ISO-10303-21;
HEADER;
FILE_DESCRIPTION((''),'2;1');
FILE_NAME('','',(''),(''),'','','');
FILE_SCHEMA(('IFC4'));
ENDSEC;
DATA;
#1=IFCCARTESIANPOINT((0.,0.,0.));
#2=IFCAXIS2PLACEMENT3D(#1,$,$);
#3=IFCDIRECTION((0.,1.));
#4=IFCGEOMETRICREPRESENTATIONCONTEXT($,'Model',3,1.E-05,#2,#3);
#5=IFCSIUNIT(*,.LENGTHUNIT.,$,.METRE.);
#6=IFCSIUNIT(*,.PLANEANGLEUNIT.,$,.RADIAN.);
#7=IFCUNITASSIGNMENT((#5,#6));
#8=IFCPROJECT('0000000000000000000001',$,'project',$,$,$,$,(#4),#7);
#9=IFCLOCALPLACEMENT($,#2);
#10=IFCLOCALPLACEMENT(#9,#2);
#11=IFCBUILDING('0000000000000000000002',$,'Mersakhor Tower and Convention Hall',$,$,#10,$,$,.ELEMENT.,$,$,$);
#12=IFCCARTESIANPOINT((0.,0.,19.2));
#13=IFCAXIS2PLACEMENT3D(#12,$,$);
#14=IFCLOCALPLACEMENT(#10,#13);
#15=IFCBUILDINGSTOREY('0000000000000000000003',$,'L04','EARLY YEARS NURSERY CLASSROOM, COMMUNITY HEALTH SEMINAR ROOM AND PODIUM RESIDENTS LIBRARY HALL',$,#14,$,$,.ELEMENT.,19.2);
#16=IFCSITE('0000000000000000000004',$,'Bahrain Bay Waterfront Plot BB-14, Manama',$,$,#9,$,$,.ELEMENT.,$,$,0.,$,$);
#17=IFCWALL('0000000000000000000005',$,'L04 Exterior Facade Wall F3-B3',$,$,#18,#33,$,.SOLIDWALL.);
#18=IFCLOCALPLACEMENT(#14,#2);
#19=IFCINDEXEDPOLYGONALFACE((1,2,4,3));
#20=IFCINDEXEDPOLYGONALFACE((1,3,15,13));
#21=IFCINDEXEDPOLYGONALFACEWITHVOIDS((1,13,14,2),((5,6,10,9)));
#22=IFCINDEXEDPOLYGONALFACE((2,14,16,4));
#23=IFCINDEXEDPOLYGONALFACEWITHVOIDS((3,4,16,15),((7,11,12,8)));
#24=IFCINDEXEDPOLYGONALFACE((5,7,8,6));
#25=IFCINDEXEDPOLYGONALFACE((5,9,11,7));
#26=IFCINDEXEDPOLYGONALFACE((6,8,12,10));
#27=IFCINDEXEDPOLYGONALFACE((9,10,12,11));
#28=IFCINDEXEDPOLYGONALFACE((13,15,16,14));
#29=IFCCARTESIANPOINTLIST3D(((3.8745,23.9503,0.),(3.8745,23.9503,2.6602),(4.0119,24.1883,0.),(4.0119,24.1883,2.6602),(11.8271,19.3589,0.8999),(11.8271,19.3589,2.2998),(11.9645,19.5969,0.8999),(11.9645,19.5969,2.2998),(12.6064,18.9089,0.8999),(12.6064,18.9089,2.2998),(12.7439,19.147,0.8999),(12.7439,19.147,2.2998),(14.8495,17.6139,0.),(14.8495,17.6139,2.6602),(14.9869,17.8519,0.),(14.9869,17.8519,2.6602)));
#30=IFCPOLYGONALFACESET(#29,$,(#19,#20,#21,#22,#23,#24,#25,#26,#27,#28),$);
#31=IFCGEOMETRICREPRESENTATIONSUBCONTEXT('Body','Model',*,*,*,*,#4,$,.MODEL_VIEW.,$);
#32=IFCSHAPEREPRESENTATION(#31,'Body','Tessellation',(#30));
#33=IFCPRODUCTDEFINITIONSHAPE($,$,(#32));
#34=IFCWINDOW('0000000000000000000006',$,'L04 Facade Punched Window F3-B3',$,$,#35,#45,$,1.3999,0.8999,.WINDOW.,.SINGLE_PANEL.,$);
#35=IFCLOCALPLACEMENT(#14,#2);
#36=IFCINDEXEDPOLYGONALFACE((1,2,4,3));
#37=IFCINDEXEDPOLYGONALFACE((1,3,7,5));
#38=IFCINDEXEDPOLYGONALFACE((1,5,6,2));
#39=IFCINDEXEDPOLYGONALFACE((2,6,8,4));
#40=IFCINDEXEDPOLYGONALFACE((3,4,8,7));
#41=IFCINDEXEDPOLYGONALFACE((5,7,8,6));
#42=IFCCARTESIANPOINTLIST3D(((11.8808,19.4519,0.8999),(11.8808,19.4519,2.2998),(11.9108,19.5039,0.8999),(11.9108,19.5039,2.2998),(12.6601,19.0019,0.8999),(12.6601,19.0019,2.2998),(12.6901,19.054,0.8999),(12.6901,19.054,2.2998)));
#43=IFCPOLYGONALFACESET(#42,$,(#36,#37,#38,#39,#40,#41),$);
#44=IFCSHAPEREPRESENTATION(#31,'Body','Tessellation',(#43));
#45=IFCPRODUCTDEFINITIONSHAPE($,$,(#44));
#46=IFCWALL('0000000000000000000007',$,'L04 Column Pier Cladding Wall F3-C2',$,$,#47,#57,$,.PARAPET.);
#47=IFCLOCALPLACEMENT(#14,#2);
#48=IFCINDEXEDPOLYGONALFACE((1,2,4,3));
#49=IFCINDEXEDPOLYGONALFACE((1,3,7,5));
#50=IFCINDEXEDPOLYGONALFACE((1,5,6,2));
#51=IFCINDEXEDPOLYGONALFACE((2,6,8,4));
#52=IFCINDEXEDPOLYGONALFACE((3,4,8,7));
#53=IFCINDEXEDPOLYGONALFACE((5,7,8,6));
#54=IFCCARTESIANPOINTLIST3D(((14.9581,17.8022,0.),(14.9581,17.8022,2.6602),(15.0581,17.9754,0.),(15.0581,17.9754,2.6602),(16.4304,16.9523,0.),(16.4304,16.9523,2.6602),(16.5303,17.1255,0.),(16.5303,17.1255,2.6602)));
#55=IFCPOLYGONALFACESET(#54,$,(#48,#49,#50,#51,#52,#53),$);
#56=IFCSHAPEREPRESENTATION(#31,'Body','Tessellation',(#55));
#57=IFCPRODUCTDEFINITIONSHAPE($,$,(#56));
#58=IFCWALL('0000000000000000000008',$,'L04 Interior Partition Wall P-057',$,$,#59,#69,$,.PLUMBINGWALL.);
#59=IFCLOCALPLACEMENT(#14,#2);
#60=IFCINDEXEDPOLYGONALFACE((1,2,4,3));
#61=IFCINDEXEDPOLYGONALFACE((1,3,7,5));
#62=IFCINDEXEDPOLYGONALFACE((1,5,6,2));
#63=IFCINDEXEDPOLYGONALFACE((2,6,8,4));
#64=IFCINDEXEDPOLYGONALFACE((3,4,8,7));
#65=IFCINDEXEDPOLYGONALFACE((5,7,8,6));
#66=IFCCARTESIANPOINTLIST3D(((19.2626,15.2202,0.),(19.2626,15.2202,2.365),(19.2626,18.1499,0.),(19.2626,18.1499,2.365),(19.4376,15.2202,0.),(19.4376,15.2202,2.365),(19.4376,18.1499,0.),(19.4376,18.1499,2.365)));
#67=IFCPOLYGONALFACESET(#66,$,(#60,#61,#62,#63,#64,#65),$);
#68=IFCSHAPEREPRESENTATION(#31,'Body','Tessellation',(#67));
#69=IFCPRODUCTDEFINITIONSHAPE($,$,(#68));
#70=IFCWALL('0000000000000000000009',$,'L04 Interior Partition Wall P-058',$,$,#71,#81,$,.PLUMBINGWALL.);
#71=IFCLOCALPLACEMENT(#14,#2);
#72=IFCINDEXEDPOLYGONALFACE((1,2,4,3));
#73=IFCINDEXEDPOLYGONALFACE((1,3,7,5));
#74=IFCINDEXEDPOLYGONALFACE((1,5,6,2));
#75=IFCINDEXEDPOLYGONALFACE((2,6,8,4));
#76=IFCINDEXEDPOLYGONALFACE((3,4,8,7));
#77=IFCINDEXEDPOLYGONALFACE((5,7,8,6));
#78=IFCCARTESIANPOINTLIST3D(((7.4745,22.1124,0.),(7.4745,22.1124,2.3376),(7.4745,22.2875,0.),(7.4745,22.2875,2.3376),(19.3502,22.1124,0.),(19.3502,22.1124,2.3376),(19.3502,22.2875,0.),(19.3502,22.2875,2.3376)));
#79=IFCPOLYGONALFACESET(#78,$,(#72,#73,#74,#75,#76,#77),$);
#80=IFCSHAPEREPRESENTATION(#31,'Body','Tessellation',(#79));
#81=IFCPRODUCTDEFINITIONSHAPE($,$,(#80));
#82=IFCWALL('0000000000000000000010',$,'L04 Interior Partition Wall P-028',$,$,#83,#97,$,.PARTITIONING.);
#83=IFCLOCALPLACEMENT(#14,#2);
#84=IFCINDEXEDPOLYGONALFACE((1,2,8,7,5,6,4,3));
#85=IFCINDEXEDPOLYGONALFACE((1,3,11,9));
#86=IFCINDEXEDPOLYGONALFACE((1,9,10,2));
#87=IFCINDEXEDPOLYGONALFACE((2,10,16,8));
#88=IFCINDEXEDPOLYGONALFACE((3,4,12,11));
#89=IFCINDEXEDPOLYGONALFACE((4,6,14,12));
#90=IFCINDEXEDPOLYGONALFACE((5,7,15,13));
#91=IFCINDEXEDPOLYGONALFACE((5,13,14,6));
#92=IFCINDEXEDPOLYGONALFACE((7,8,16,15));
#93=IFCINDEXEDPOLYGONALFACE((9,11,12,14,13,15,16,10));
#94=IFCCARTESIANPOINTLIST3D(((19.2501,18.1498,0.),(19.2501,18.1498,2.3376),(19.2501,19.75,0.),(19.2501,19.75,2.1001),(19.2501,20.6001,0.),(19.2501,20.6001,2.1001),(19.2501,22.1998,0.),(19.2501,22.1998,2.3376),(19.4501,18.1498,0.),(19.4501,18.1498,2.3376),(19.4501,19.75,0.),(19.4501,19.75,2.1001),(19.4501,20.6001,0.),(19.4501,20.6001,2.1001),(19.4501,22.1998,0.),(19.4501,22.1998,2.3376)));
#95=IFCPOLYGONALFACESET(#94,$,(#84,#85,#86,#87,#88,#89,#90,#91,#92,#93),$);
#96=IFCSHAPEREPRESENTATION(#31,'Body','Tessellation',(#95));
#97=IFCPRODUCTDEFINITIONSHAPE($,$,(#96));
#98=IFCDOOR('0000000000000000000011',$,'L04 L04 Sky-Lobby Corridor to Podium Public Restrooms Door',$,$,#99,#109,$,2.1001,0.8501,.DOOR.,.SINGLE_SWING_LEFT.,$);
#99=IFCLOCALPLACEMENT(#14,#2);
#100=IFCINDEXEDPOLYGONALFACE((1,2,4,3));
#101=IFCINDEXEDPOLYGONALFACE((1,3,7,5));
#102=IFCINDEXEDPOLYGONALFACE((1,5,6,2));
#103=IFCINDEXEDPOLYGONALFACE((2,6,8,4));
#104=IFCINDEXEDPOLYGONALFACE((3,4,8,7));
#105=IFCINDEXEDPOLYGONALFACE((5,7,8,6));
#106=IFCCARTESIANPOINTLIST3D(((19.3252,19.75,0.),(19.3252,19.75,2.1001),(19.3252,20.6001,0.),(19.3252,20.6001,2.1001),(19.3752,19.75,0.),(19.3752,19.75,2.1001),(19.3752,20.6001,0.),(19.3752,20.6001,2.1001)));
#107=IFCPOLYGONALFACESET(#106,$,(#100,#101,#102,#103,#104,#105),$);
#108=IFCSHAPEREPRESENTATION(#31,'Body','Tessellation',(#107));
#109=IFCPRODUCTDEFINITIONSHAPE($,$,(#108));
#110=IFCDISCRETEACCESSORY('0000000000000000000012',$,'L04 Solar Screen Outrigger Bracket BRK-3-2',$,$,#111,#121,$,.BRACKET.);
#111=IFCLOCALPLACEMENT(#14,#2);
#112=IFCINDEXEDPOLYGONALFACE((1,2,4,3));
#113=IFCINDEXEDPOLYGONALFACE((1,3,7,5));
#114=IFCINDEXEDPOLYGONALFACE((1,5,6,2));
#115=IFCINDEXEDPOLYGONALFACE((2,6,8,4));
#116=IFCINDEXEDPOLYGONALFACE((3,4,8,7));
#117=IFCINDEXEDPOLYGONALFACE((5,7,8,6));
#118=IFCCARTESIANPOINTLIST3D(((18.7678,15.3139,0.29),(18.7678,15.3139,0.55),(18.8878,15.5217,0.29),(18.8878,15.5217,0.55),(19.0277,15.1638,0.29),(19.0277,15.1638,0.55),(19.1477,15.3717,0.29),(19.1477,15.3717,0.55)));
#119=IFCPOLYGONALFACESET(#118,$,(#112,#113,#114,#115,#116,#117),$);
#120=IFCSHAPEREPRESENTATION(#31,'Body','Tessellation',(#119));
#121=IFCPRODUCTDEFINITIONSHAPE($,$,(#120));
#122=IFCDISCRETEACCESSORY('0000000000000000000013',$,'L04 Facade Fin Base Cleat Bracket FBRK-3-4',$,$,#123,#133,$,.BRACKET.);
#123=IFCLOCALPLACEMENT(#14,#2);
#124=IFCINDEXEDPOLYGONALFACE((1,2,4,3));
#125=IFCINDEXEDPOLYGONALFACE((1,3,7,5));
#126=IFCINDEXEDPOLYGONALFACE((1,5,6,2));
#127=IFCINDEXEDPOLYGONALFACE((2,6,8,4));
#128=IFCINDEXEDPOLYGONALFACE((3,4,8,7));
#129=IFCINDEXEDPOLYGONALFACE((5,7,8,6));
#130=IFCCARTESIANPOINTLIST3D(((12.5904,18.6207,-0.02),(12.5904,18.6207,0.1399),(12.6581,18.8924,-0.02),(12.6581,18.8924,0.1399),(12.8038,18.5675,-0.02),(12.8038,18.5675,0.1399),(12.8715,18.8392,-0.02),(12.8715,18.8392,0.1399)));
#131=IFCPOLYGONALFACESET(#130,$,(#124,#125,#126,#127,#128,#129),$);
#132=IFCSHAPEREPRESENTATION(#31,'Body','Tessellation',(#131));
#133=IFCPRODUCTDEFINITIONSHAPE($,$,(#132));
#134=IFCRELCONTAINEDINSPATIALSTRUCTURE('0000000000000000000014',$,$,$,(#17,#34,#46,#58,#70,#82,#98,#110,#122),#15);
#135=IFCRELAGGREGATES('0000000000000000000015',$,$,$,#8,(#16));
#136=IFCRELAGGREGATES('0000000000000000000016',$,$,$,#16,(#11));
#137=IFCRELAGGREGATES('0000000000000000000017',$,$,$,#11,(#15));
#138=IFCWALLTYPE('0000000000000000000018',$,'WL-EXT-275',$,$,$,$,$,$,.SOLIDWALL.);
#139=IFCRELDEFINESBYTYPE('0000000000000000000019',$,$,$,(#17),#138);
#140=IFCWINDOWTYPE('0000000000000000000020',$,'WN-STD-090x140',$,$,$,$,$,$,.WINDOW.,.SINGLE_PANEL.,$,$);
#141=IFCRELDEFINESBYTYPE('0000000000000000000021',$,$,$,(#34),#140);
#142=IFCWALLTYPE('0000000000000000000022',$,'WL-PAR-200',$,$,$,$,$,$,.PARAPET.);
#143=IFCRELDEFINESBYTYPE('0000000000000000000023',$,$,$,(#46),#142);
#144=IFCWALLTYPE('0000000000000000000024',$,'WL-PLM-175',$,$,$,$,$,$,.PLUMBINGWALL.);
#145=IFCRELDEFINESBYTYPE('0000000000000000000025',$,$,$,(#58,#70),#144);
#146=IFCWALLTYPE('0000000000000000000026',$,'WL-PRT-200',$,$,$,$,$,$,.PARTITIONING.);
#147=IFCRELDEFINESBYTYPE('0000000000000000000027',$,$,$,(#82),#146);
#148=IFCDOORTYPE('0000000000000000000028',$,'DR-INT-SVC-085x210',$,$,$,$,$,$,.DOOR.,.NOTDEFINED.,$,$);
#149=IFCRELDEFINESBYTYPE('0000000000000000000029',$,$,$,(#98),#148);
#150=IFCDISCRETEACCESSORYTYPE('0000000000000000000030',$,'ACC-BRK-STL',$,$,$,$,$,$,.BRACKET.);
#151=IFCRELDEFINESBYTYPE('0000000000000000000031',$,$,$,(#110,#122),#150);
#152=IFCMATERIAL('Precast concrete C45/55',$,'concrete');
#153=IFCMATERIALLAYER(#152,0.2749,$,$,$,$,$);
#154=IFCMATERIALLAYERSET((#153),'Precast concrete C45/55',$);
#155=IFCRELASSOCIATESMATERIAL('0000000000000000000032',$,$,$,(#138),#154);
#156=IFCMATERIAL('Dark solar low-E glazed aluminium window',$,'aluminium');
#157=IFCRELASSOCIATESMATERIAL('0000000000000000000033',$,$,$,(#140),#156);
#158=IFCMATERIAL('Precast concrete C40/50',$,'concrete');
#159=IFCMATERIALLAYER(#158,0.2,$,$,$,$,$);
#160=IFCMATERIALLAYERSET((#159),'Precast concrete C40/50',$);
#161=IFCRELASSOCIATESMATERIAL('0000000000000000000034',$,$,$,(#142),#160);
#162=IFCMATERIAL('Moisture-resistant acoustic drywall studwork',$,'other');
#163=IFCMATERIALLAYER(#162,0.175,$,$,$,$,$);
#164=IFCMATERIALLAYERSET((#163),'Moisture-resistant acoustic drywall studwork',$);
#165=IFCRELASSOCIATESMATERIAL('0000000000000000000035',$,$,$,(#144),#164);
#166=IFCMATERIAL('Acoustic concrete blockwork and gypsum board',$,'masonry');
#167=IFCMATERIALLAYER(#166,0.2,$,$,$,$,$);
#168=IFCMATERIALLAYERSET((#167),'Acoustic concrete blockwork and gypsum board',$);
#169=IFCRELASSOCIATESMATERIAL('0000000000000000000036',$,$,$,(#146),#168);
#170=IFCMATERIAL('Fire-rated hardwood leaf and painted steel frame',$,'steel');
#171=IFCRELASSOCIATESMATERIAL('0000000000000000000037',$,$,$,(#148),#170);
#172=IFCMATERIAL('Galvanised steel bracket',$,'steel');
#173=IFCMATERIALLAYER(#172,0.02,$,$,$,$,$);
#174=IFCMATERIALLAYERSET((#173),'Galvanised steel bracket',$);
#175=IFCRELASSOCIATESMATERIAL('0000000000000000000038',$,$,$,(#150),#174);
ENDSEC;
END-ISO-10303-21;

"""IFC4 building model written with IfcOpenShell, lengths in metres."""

from ifc_helpers import new_model, si_unit, direction, frame, frame_2d, origin, origin_2d, place, context, subcontext, project, spatial, rectangle, extrude, material, layer, layer_set, type_object, element, fill, save


model = new_model("IFC4")

# Units and contexts
model_context = context("Model", 3, precision=1e-05, world=origin(), true_north=direction((0.0, 1.0)))
body_context = subcontext(model_context, "Body", "Model", "MODEL_VIEW")
ifc_project = project(units=[si_unit("LENGTHUNIT", "METRE"), si_unit("PLANEANGLEUNIT", "RADIAN")], contexts=[model_context])

# Site, building, storey
site_placement = place(None, origin())
site = spatial("IfcSite", under=ifc_project, at=site_placement, Name="Bahrain Bay Waterfront Plot BB-14, Manama", CompositionType="ELEMENT", RefElevation=0.0)
building_placement = place(site_placement, origin())
building = spatial("IfcBuilding", under=site, at=building_placement, Name="Mersakhor Tower and Convention Hall", CompositionType="ELEMENT")
storey_placement = place(building_placement, frame((0.0, 0.0, 19.2)))
storey = spatial("IfcBuildingStorey", under=building, at=storey_placement, Name="L04", Description="EARLY YEARS NURSERY CLASSROOM, COMMUNITY HEALTH SEMINAR ROOM AND PODIUM RESIDENTS LIBRARY HALL", CompositionType="ELEMENT", Elevation=19.2)

# Shared definitions
ifc_material_1 = material(Name="Precast concrete C45/55", Category="concrete")
ifc_layer_1 = layer(ifc_material_1, 0.2749)
ifc_layer_set_1 = layer_set([ifc_layer_1], Name="Precast concrete C45/55")
wall_type_1 = type_object("IfcWallType", Name="WL-EXT-275", PredefinedType="SOLIDWALL", material=ifc_layer_set_1)

# Wall, opening, window
wall_1_placement = place(storey_placement, frame((14.9182, 17.7329, 0.0), z_axis=(0.0, 0.0, 1.0), x_axis=(-0.866027, 0.499997, 0.0)))
wall_1 = element("IfcWall", 1, at=wall_1_placement, inside=storey, type_object=wall_type_1, Name="L04 Exterior Facade Wall F3-B3", PredefinedType="SOLIDWALL", context=body_context, shape_type="SweptSolid", body=[
    extrude(rectangle(XDim=12.6729, YDim=0.2749, at=frame_2d((6.3364, 0.0))), origin(), (0.0, 0.0, 1.0), 2.6602),
])
opening_1_placement = place(wall_1_placement, frame((2.5901, 0.0, 0.8999)))
opening_1 = element("IfcOpeningElement", 2, at=opening_1_placement, cuts=wall_1, PredefinedType="OPENING", context=body_context, shape_type="SweptSolid", body=[
    extrude(rectangle(XDim=0.8999, YDim=1.3999, at=frame_2d((0.45, 0.7))), frame((0.0, 0.1475, 0.0), z_axis=(0.0, -1.0, 0.0), x_axis=(1.0, 0.0, 0.0)), (0.0, 0.0, 1.0), 0.2949),
])
ifc_material_2 = material(Name="Dark solar low-E glazed aluminium window", Category="aluminium")
window_type = type_object("IfcWindowType", Name="WN-STD-090x140", PartitioningType="SINGLE_PANEL", PredefinedType="WINDOW", material=ifc_material_2)
window_placement = place(opening_1_placement, origin())
window = element("IfcWindow", 3, at=window_placement, inside=storey, type_object=window_type, Name="L04 Facade Punched Window F3-B3", OverallHeight=1.3999, OverallWidth=0.8999, PartitioningType="SINGLE_PANEL", PredefinedType="WINDOW", context=body_context, shape_type="SweptSolid", body=[
    extrude(rectangle(XDim=0.8999, YDim=1.3999, at=frame_2d((0.45, 0.7))), frame((0.0, 0.03, 0.0), z_axis=(0.0, -1.0, 0.0), x_axis=(1.0, 0.0, 0.0)), (0.0, 0.0, 1.0), 0.0601),
])
fill(opening_1, window)

# Walls
ifc_material_3 = material(Name="Precast concrete C40/50", Category="concrete")
ifc_layer_2 = layer(ifc_material_3, 0.2)
ifc_layer_set_2 = layer_set([ifc_layer_2], Name="Precast concrete C40/50")
wall_type_2 = type_object("IfcWallType", Name="WL-PAR-200", PredefinedType="PARAPET", material=ifc_layer_set_2)
wall_2_placement = place(storey_placement, frame((16.4805, 17.0388, 0.0), z_axis=(0.0, 0.0, 1.0), x_axis=(-0.866052, 0.499955, 0.0)))
element("IfcWall", 4, at=wall_2_placement, inside=storey, type_object=wall_type_2, Name="L04 Column Pier Cladding Wall F3-C2", PredefinedType="PARAPET", context=body_context, shape_type="SweptSolid", body=[
    extrude(rectangle(XDim=1.7, YDim=0.2, at=frame_2d((0.8501, 0.0))), origin(), (0.0, 0.0, 1.0), 2.6602),
])
ifc_material_4 = material(Name="Moisture-resistant acoustic drywall studwork", Category="other")
ifc_layer_3 = layer(ifc_material_4, 0.175)
ifc_layer_set_3 = layer_set([ifc_layer_3], Name="Moisture-resistant acoustic drywall studwork")
wall_type_3 = type_object("IfcWallType", Name="WL-PLM-175", PredefinedType="PLUMBINGWALL", material=ifc_layer_set_3)
wall_3_placement = place(storey_placement, frame((19.3501, 18.1499, 0.0), z_axis=(0.0, 0.0, 1.0), x_axis=(0.0, -1.0, 0.0)))
element("IfcWall", 5, at=wall_3_placement, inside=storey, type_object=wall_type_3, Name="L04 Interior Partition Wall P-057", PredefinedType="PLUMBINGWALL", context=body_context, shape_type="SweptSolid", body=[
    extrude(rectangle(XDim=2.9297, YDim=0.175, at=frame_2d((1.4648, 0.0))), origin(), (0.0, 0.0, 1.0), 2.365),
])
wall_4_placement = place(storey_placement, frame((7.4744, 22.2, 0.0), z_axis=(0.0, 0.0, 1.0), x_axis=(1.0, 0.0, 0.0)))
element("IfcWall", 6, at=wall_4_placement, inside=storey, type_object=wall_type_3, Name="L04 Interior Partition Wall P-058", PredefinedType="PLUMBINGWALL", context=body_context, shape_type="SweptSolid", body=[
    extrude(rectangle(XDim=11.8757, YDim=0.175, at=frame_2d((5.938, 0.0))), origin(), (0.0, 0.0, 1.0), 2.3376),
])

# Wall, opening, door
ifc_material_5 = material(Name="Acoustic concrete blockwork and gypsum board", Category="masonry")
ifc_layer_4 = layer(ifc_material_5, 0.2)
ifc_layer_set_4 = layer_set([ifc_layer_4], Name="Acoustic concrete blockwork and gypsum board")
wall_type_4 = type_object("IfcWallType", Name="WL-PRT-200", PredefinedType="PARTITIONING", material=ifc_layer_set_4)
wall_5_placement = place(storey_placement, frame((19.3501, 18.1499, 0.0), z_axis=(0.0, 0.0, 1.0), x_axis=(0.0, 1.0, 0.0)))
wall_5 = element("IfcWall", 7, at=wall_5_placement, inside=storey, type_object=wall_type_4, Name="L04 Interior Partition Wall P-028", PredefinedType="PARTITIONING", context=body_context, shape_type="SweptSolid", body=[
    extrude(rectangle(XDim=4.05, YDim=0.2, at=frame_2d((2.0249, 0.0))), origin(), (0.0, 0.0, 1.0), 2.3376),
])
opening_2_placement = place(wall_5_placement, frame((1.6001, 0.0, 0.0)))
opening_2 = element("IfcOpeningElement", 8, at=opening_2_placement, cuts=wall_5, PredefinedType="OPENING", context=body_context, shape_type="SweptSolid", body=[
    extrude(rectangle(XDim=0.8501, YDim=2.1001, at=frame_2d((0.425, 1.05))), frame((0.0, 0.1099, 0.0), z_axis=(0.0, -1.0, 0.0), x_axis=(1.0, 0.0, 0.0)), (0.0, 0.0, 1.0), 0.22),
])
ifc_material_6 = material(Name="Fire-rated hardwood leaf and painted steel frame", Category="steel")
door_type = type_object("IfcDoorType", Name="DR-INT-SVC-085x210", OperationType="NOTDEFINED", PredefinedType="DOOR", material=ifc_material_6)
door_placement = place(opening_2_placement, origin())
door = element("IfcDoor", 9, at=door_placement, inside=storey, type_object=door_type, Name="L04 L04 Sky-Lobby Corridor to Podium Public Restrooms Door", OperationType="SINGLE_SWING_LEFT", OverallHeight=2.1001, OverallWidth=0.8501, PredefinedType="DOOR", context=body_context, shape_type="SweptSolid", body=[
    extrude(rectangle(XDim=0.8501, YDim=2.1001, at=frame_2d((0.425, 1.05))), frame((0.0, 0.0249, 0.0), z_axis=(0.0, -1.0, 0.0), x_axis=(1.0, 0.0, 0.0)), (0.0, 0.0, 1.0), 0.05),
])
fill(opening_2, door)

# Discrete accessories
ifc_material_7 = material(Name="Galvanised steel bracket", Category="steel")
ifc_layer_5 = layer(ifc_material_7, 0.02)
ifc_layer_set_5 = layer_set([ifc_layer_5], Name="Galvanised steel bracket")
discrete_accessory_type = type_object("IfcDiscreteAccessoryType", Name="ACC-BRK-STL", PredefinedType="BRACKET", material=ifc_layer_set_5)
discrete_accessory_1_placement = place(storey_placement, frame((18.9578, 15.3428, 0.29), z_axis=(0.0, 0.0, 1.0), x_axis=(-0.866025, 0.5, 0.0)))
element("IfcDiscreteAccessory", 10, at=discrete_accessory_1_placement, inside=storey, type_object=discrete_accessory_type, Name="L04 Solar Screen Outrigger Bracket BRK-3-2", PredefinedType="BRACKET", context=body_context, shape_type="SweptSolid", body=[
    extrude(rectangle(XDim=0.3, YDim=0.24, at=origin_2d()), origin(), (0.0, 0.0, 1.0), 0.26),
])
discrete_accessory_2_placement = place(storey_placement, frame((12.731, 18.73, -0.02), z_axis=(0.0, 0.0, 1.0), x_axis=(-0.241922, -0.970296, 0.0)))
element("IfcDiscreteAccessory", 11, at=discrete_accessory_2_placement, inside=storey, type_object=discrete_accessory_type, Name="L04 Facade Fin Base Cleat Bracket FBRK-3-4", PredefinedType="BRACKET", context=body_context, shape_type="SweptSolid", body=[
    extrude(rectangle(XDim=0.28, YDim=0.22, at=origin_2d()), origin(), (0.0, 0.0, 1.0), 0.1599),
])

save(model, "model.ifc")
